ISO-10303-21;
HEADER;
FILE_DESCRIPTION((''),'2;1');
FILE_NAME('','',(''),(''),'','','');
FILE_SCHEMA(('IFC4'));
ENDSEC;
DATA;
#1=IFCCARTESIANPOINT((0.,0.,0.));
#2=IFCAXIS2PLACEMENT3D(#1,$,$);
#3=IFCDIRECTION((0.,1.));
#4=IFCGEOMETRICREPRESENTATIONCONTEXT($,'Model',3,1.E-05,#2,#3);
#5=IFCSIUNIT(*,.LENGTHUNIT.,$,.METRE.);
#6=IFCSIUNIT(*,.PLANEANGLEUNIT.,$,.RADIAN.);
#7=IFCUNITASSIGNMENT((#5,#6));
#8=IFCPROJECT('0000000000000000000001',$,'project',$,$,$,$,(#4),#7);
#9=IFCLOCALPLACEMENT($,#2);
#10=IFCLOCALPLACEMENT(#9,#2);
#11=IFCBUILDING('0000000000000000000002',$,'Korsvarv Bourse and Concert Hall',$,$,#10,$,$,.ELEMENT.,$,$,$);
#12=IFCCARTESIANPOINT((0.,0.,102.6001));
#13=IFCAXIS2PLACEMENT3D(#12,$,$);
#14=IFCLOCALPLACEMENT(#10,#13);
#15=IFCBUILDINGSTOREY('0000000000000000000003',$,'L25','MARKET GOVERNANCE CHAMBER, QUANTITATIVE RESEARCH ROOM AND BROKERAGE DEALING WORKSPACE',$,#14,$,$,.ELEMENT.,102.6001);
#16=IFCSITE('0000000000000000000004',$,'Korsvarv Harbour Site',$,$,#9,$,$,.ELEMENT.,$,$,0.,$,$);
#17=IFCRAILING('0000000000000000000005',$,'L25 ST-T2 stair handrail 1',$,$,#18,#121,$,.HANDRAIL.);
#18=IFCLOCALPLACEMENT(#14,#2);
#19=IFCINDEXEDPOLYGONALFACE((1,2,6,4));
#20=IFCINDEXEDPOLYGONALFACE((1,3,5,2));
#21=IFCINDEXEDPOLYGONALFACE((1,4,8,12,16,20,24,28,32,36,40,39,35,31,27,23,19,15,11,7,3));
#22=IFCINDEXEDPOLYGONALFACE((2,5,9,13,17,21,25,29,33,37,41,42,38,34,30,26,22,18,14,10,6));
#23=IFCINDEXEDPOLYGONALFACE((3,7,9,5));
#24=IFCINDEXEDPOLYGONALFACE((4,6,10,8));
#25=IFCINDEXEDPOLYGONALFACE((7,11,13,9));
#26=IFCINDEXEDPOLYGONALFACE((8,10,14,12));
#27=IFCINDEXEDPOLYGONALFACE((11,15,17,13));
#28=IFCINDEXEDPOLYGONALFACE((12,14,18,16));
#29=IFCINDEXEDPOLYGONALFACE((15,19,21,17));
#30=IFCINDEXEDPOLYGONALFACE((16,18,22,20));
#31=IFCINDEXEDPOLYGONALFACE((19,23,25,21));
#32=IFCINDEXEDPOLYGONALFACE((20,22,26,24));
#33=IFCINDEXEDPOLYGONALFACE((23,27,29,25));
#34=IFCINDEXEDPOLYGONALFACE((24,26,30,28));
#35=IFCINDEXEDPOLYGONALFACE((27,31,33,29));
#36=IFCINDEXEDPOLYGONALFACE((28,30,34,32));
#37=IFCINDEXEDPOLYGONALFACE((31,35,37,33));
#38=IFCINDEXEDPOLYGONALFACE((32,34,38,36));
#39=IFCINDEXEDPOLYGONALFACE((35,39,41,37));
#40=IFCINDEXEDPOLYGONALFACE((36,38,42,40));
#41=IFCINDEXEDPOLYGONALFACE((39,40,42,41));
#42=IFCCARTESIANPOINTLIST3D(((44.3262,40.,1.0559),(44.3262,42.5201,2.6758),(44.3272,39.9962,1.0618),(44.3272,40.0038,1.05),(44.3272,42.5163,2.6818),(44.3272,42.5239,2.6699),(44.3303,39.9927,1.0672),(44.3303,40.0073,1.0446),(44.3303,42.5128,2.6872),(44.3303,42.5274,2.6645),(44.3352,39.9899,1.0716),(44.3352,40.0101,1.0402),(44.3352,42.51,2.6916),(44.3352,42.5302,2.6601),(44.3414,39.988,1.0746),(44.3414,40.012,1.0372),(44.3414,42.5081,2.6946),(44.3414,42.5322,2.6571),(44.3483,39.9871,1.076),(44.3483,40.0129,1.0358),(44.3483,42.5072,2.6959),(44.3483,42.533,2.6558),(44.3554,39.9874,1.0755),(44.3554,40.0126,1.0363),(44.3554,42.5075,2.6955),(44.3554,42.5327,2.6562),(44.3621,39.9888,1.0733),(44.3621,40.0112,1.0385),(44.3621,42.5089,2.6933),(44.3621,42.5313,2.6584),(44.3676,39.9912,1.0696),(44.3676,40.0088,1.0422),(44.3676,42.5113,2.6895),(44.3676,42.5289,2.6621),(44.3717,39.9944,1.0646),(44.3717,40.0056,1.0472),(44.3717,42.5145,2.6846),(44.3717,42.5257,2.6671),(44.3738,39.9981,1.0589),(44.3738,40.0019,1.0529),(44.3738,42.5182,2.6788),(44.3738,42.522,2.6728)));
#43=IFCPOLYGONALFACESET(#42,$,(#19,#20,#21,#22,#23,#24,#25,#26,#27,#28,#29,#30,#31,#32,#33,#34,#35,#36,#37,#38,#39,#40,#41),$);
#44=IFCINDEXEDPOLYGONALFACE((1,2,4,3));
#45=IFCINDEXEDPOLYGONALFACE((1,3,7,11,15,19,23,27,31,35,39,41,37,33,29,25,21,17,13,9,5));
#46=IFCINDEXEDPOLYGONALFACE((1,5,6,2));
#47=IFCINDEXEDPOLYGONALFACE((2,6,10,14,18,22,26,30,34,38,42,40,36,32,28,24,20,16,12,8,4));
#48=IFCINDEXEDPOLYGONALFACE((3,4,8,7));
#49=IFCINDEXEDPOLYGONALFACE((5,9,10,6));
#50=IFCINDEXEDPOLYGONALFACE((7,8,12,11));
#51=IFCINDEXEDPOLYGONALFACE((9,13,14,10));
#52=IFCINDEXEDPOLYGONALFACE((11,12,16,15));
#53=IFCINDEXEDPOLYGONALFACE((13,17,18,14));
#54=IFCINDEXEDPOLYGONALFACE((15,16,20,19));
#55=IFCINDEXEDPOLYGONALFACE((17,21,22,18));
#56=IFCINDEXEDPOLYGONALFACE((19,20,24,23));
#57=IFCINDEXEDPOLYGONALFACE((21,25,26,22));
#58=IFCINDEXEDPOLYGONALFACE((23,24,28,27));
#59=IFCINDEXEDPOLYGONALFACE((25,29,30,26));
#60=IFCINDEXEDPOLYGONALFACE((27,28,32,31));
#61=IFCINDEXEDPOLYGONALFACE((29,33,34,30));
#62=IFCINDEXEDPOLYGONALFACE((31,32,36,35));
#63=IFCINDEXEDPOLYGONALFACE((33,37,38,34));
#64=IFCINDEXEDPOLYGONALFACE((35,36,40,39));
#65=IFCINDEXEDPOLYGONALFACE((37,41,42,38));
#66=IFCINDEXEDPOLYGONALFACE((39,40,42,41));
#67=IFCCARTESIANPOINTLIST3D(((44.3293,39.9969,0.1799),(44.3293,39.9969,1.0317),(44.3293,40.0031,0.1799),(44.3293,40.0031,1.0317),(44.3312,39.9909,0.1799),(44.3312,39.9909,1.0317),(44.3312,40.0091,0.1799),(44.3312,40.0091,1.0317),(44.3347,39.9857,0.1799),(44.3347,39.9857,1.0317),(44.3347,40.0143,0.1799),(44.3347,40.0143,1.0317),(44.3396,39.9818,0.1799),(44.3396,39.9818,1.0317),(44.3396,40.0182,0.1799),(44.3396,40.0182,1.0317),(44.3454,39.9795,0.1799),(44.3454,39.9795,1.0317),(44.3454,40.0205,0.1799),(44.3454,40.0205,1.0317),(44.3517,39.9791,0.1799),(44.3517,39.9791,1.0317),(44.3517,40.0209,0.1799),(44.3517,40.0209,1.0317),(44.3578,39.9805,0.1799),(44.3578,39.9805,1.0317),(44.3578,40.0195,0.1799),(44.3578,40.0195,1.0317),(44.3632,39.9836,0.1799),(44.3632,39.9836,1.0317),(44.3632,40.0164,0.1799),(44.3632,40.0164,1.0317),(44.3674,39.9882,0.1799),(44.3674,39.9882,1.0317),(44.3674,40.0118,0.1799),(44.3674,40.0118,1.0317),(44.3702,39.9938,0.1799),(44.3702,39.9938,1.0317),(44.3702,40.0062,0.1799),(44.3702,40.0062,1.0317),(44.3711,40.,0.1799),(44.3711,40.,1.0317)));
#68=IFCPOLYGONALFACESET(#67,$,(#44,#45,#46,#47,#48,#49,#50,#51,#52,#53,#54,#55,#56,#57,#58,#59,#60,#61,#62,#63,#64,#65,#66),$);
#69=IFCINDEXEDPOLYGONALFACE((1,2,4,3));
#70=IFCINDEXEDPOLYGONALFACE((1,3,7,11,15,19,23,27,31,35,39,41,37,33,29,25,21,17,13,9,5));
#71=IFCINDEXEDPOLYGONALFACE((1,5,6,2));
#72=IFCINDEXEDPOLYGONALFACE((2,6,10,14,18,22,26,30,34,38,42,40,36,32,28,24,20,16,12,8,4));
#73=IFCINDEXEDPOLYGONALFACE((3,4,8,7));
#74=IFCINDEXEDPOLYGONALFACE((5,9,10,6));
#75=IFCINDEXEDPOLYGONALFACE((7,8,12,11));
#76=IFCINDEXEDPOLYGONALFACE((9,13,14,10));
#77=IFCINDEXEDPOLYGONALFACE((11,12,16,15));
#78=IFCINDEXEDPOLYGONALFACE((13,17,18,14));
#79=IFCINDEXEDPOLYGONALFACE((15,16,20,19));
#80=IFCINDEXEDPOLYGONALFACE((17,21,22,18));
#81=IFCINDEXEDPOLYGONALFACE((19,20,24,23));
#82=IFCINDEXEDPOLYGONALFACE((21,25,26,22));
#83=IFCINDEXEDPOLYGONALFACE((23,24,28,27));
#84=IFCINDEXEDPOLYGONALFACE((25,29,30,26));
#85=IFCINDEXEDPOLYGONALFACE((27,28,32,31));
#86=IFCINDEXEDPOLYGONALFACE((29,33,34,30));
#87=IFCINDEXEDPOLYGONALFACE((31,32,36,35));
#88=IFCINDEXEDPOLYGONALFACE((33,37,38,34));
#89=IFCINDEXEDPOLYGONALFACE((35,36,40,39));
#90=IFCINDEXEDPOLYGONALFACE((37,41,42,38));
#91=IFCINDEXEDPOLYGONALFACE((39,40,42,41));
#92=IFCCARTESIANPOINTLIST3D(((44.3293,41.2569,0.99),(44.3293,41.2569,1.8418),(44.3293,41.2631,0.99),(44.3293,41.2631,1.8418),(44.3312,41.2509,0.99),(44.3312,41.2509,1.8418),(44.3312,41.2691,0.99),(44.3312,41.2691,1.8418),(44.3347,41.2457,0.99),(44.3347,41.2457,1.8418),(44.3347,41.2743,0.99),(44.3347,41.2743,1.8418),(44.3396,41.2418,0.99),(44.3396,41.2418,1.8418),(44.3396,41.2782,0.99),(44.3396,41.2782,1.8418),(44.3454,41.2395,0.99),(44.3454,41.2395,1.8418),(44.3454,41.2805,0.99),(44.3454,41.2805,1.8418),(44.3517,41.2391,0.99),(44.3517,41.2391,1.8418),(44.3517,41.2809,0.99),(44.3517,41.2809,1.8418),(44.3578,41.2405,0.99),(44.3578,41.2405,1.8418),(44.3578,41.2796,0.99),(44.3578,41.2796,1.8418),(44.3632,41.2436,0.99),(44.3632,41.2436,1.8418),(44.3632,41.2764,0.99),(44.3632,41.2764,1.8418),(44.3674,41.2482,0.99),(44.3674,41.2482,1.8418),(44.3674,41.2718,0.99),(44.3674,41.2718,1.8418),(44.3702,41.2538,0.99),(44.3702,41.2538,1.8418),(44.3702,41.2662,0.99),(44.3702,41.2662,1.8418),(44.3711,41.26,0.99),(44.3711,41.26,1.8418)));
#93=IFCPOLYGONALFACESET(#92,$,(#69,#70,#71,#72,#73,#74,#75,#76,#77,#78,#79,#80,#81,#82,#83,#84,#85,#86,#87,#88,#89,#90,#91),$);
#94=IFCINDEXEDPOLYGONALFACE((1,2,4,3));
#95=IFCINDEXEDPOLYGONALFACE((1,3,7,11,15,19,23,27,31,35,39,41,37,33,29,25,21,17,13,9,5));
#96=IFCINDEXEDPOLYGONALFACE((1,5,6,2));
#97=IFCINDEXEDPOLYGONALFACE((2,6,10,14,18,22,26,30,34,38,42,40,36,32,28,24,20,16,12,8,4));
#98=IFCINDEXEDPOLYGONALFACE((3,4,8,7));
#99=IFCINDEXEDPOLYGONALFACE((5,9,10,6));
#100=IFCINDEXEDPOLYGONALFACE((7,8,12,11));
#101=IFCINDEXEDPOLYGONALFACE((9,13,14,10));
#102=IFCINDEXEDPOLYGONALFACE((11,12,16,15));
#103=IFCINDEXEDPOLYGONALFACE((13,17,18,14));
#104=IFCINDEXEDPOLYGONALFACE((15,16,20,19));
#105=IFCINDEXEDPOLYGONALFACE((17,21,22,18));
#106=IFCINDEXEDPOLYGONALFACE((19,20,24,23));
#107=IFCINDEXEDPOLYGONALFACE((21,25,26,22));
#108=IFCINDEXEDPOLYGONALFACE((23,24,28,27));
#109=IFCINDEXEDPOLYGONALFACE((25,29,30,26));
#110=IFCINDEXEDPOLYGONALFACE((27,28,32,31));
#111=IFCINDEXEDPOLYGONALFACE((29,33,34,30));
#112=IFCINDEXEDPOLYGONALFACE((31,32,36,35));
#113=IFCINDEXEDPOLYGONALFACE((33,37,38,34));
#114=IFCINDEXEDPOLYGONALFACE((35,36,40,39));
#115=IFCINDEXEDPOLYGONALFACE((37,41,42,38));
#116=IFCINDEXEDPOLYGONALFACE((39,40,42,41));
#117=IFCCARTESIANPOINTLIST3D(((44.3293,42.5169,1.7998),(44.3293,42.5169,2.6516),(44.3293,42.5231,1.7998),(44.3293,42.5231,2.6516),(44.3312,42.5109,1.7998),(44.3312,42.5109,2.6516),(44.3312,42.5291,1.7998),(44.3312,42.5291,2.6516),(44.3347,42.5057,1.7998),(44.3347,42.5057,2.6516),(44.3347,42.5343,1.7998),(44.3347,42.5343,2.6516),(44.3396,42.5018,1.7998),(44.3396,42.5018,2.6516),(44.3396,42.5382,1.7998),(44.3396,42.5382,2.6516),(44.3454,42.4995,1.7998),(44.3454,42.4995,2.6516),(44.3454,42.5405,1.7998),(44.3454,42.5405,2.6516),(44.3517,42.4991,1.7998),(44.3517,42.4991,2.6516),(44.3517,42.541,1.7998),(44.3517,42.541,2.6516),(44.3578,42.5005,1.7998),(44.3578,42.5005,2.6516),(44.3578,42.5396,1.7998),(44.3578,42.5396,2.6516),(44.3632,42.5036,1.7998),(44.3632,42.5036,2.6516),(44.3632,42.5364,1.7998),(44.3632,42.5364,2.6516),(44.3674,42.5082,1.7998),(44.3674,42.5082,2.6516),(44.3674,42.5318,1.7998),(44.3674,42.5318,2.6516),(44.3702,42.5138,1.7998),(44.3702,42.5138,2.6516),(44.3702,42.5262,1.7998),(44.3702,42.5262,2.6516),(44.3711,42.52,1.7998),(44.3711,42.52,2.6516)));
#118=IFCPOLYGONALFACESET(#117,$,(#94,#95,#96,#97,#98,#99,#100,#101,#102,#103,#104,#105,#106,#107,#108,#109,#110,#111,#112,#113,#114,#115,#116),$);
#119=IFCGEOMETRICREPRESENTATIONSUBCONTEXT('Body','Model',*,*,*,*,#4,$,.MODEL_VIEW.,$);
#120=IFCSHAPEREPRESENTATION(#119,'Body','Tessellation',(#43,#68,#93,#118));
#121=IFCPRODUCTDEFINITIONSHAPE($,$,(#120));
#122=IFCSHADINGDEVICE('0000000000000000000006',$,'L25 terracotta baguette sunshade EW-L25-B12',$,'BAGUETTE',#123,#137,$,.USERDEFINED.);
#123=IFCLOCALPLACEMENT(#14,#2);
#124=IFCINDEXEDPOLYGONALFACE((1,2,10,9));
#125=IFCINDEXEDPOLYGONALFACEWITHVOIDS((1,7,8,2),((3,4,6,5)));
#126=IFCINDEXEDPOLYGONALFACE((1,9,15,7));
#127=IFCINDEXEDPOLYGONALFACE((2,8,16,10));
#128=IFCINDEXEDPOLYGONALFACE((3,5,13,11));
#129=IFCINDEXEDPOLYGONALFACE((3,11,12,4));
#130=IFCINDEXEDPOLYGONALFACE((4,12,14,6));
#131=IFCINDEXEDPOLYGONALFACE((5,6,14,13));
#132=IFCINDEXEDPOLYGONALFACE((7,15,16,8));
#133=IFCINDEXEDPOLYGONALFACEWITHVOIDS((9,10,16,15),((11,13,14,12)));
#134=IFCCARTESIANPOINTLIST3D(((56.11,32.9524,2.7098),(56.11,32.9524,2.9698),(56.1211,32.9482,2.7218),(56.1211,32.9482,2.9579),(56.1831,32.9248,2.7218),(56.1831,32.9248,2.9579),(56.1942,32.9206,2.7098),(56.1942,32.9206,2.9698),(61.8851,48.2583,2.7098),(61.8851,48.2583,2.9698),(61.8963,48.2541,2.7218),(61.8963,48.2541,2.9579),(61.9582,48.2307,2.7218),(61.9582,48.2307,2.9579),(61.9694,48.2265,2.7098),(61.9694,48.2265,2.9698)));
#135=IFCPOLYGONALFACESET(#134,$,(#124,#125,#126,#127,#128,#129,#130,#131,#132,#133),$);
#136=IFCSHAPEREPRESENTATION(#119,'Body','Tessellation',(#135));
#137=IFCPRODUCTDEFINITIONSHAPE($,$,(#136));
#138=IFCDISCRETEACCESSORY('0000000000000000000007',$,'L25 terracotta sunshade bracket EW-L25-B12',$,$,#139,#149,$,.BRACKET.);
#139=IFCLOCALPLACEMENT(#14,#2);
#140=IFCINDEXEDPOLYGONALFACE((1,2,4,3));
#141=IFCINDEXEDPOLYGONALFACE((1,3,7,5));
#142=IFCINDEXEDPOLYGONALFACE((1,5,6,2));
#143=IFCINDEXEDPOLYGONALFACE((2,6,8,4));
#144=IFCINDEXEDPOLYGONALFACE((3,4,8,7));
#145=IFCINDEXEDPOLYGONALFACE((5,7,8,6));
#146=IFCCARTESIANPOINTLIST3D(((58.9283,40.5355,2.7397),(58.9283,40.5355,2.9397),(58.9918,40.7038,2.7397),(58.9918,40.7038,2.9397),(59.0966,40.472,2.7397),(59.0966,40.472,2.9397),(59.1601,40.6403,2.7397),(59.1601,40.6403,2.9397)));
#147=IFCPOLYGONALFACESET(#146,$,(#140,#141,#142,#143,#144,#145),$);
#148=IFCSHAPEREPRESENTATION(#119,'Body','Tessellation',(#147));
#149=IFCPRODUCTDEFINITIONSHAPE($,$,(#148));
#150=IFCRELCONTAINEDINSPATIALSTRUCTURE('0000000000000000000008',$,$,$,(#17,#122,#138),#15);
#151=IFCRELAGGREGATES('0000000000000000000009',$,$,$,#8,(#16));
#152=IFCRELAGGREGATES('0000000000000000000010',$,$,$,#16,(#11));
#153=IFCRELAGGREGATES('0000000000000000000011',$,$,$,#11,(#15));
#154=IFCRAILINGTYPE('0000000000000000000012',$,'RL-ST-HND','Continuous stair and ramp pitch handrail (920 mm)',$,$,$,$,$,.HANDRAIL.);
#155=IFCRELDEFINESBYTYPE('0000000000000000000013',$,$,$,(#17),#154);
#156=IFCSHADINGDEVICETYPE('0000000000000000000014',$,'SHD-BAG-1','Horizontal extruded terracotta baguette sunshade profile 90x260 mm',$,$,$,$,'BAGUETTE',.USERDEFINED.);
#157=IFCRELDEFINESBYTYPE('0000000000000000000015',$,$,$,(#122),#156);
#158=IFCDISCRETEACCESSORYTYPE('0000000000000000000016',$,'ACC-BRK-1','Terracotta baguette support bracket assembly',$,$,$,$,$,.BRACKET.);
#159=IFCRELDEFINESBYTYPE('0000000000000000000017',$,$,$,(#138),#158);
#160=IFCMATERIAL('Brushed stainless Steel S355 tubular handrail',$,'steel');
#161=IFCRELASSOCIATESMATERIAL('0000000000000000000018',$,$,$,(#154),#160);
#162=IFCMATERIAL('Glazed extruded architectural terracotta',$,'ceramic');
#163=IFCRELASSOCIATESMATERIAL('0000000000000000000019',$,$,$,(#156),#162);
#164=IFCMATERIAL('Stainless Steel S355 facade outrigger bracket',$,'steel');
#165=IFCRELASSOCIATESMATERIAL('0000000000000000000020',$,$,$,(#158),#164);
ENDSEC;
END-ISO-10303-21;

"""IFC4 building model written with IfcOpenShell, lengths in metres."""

from ifc_helpers import new_model, si_unit, direction, frame, origin, origin_2d, place, context, subcontext, project, spatial, rectangle, hollow_rectangle, circle, extrude, source, transform, mapped, material, material_profile, profile_set, type_object, element, save


model = new_model("IFC4")

# Units and contexts
model_context = context("Model", 3, precision=1e-05, world=origin(), true_north=direction((0.0, 1.0)))
body_context = subcontext(model_context, "Body", "Model", "MODEL_VIEW")
ifc_project = project(units=[si_unit("LENGTHUNIT", "METRE"), si_unit("PLANEANGLEUNIT", "RADIAN")], contexts=[model_context])

# Site, building, storey
site_placement = place(None, origin())
site = spatial("IfcSite", under=ifc_project, at=site_placement, Name="Korsvarv Harbour Site", CompositionType="ELEMENT", RefElevation=0.0)
building_placement = place(site_placement, origin())
building = spatial("IfcBuilding", under=site, at=building_placement, Name="Korsvarv Bourse and Concert Hall", CompositionType="ELEMENT")
storey_placement = place(building_placement, frame((0.0, 0.0, 102.6001)))
storey = spatial("IfcBuildingStorey", under=building, at=storey_placement, Name="L25", Description="MARKET GOVERNANCE CHAMBER, QUANTITATIVE RESEARCH ROOM AND BROKERAGE DEALING WORKSPACE", CompositionType="ELEMENT", Elevation=102.6001)

# Railing
ifc_material_1 = material(Name="Brushed stainless Steel S355 tubular handrail", Category="steel")
railing_type_1 = type_object("IfcRailingType", Name="RL-ST-HND", Description="Continuous stair and ramp pitch handrail (920 mm)", PredefinedType="HANDRAIL", material=ifc_material_1)
railing_1_placement = place(storey_placement, frame((44.3501, 40.0, 0.1799)))
element("IfcRailing", 1, at=railing_1_placement, inside=storey, type_object=railing_type_1, Name="L25 ST-T2 stair handrail 1", PredefinedType="HANDRAIL", context=body_context, shape_type="SweptSolid", body=[
    extrude(circle(Radius=0.0239, at=origin_2d()), frame((0.0, 0.0, 0.876), z_axis=(0.0, 0.8412, 0.540725), x_axis=(-1.0, 0.0, 0.0)), (0.0, 0.0, 1.0), 2.9958),
    extrude(circle(Radius=0.021, at=origin_2d()), origin(), (0.0, 0.0, 1.0), 0.8518),
    extrude(circle(Radius=0.021, at=origin_2d()), frame((0.0, 1.26, 0.8101)), (0.0, 0.0, 1.0), 0.8518),
    extrude(circle(Radius=0.021, at=origin_2d()), frame((0.0, 2.52, 1.6199)), (0.0, 0.0, 1.0), 0.8518),
])

# Shading device
ifc_material_2 = material(Name="Glazed extruded architectural terracotta", Category="ceramic")
ifc_material_profile_1 = material_profile(ifc_material_2, hollow_rectangle(XDim=0.0901, YDim=0.26, WallThickness=0.012, at=origin_2d()), Name="TC-BAG 90x260")
ifc_profile_set_1 = profile_set([ifc_material_profile_1], Name="Glazed extruded architectural terracotta")
shading_device_type = type_object("IfcShadingDeviceType", Name="SHD-BAG-1", Description="Horizontal extruded terracotta baguette sunshade profile 90x260 mm", ElementType="BAGUETTE", PredefinedType="USERDEFINED", material=ifc_profile_set_1)
shared_shape_1 = source(origin(), body_context, "Body", "SweptSolid", [
    extrude(hollow_rectangle(XDim=0.0901, YDim=0.26, WallThickness=0.012, at=origin_2d()), origin(), (0.0, 0.0, 1.0), 16.3591),
])
shading_device_placement = place(storey_placement, frame((56.1521, 32.9365, 2.8398), z_axis=(0.353022, 0.935615, 0.0), x_axis=(-0.935615, 0.353022, 0.0)))
element("IfcShadingDevice", 2, at=shading_device_placement, inside=storey, type_object=shading_device_type, Name="L25 terracotta baguette sunshade EW-L25-B12", ObjectType="BAGUETTE", PredefinedType="USERDEFINED", context=body_context, shape_type="MappedRepresentation", body=[
    mapped(shared_shape_1, transform((0.0, 0.0, 0.0), scale=1.0)),
])

# Discrete accessory
ifc_material_3 = material(Name="Stainless Steel S355 facade outrigger bracket", Category="steel")
discrete_accessory_type = type_object("IfcDiscreteAccessoryType", Name="ACC-BRK-1", Description="Terracotta baguette support bracket assembly", PredefinedType="BRACKET", material=ifc_material_3)
shared_shape_2 = source(origin(), body_context, "Body", "SweptSolid", [
    extrude(rectangle(XDim=0.1799, YDim=0.1799, at=origin_2d()), origin(), (0.0, 0.0, 1.0), 0.2),
])
discrete_accessory_placement = place(storey_placement, frame((59.0442, 40.5879, 2.7397), z_axis=(0.0, 0.0, 1.0), x_axis=(0.352985, 0.935629, 0.0)))
element("IfcDiscreteAccessory", 3, at=discrete_accessory_placement, inside=storey, type_object=discrete_accessory_type, Name="L25 terracotta sunshade bracket EW-L25-B12", PredefinedType="BRACKET", context=body_context, shape_type="MappedRepresentation", body=[
    mapped(shared_shape_2, transform((0.0, 0.0, 0.0), scale=1.0)),
])

save(model, "model.ifc")
